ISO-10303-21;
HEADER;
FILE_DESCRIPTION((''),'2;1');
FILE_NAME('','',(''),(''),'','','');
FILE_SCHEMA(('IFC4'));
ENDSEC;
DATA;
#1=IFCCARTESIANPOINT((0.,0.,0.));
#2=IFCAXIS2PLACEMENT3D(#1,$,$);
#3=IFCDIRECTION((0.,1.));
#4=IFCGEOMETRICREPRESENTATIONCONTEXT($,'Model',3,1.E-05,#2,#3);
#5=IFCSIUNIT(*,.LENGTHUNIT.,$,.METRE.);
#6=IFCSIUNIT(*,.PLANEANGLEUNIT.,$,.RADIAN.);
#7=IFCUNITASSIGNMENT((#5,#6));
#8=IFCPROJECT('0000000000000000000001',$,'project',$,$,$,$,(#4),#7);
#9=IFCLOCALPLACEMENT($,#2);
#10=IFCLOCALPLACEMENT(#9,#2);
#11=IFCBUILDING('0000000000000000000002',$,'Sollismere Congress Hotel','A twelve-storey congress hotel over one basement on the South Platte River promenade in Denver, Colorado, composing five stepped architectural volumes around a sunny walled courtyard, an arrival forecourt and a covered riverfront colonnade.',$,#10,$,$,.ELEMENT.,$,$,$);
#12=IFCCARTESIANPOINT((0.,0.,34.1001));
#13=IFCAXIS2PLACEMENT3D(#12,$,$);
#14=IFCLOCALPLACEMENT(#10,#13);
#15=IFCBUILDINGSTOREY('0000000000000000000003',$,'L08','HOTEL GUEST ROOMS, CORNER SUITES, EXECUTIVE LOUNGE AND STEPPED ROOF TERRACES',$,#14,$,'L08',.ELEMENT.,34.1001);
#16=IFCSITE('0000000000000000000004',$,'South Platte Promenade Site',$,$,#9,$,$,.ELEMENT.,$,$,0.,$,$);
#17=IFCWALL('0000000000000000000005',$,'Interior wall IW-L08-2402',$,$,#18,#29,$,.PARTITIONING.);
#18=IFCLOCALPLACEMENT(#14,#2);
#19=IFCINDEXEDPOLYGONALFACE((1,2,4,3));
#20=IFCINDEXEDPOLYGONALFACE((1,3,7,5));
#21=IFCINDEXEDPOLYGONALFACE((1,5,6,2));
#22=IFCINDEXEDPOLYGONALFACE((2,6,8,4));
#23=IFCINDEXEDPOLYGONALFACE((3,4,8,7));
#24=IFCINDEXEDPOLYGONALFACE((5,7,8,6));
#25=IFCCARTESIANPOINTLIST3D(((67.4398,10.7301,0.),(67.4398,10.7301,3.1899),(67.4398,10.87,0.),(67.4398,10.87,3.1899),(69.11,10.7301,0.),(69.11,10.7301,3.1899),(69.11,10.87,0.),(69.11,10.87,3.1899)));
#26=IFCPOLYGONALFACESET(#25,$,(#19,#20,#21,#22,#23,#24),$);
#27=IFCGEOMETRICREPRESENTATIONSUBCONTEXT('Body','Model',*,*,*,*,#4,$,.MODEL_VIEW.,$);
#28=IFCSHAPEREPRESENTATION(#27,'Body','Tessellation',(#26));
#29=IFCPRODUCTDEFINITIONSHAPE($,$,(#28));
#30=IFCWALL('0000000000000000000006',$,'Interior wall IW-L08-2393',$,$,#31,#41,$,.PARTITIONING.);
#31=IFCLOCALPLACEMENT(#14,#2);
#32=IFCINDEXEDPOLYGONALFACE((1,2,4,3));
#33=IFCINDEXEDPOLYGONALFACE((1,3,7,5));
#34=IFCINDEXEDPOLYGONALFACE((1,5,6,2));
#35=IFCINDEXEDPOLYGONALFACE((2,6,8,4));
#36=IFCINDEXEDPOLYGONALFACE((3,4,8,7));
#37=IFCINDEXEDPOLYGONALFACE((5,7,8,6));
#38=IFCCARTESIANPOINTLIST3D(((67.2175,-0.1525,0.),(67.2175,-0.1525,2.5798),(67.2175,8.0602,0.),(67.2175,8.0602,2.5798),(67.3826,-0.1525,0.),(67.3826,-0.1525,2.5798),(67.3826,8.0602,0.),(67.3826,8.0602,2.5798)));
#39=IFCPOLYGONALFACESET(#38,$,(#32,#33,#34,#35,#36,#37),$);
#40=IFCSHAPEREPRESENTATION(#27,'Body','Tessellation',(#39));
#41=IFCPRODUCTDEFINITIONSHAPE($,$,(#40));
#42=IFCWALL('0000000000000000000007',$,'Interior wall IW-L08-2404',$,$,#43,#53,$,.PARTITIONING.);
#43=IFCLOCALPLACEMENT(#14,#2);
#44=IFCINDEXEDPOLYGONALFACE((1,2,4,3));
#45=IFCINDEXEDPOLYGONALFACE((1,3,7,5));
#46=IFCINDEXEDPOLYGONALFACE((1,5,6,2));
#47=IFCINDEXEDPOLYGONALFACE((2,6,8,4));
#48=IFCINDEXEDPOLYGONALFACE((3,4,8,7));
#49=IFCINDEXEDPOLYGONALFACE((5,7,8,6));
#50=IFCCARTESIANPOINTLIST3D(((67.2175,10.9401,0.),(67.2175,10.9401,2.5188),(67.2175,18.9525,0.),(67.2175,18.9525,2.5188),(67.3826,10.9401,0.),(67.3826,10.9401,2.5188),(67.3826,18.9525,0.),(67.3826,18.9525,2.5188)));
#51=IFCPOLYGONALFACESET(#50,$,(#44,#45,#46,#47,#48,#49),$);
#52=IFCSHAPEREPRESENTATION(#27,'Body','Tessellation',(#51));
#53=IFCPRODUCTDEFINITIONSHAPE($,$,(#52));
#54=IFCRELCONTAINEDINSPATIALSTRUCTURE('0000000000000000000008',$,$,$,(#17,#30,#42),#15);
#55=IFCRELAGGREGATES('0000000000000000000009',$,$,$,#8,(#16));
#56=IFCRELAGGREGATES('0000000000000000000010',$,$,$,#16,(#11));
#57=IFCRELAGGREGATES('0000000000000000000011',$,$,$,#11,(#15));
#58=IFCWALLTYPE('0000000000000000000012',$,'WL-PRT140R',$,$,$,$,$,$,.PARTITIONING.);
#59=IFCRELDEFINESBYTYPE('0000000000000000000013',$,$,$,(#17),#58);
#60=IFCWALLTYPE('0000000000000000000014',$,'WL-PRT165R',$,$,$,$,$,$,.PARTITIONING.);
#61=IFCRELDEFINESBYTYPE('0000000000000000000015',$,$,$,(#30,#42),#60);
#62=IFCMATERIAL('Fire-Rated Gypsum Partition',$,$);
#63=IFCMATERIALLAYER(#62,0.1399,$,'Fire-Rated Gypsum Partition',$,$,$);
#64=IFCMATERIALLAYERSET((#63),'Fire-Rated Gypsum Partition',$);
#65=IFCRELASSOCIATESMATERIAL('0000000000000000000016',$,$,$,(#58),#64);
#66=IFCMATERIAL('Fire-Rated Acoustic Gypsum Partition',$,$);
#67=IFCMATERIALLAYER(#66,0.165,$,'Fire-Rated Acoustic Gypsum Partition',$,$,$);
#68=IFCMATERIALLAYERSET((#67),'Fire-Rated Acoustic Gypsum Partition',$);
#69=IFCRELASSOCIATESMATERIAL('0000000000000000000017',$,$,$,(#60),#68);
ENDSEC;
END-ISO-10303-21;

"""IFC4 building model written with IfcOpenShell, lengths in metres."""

from ifc_helpers import new_model, si_unit, direction, frame, frame_2d, origin, place, context, subcontext, project, spatial, rectangle, extrude, material, layer, layer_set, type_object, element, save


model = new_model("IFC4")

# Units and contexts
model_context = context("Model", 3, precision=1e-05, world=origin(), true_north=direction((0.0, 1.0)))
body_context = subcontext(model_context, "Body", "Model", "MODEL_VIEW")
ifc_project = project(units=[si_unit("LENGTHUNIT", "METRE"), si_unit("PLANEANGLEUNIT", "RADIAN")], contexts=[model_context])

# Site, building, storey
site_placement = place(None, origin())
site = spatial("IfcSite", under=ifc_project, at=site_placement, Name="South Platte Promenade Site", CompositionType="ELEMENT", RefElevation=0.0)
building_placement = place(site_placement, origin())
building = spatial("IfcBuilding", under=site, at=building_placement, Name="Sollismere Congress Hotel", Description="A twelve-storey congress hotel over one basement on the South Platte River promenade in Denver, Colorado, composing five stepped architectural volumes around a sunny walled courtyard, an arrival forecourt and a covered riverfront colonnade.", CompositionType="ELEMENT")
storey_placement = place(building_placement, frame((0.0, 0.0, 34.1001)))
storey = spatial("IfcBuildingStorey", under=building, at=storey_placement, Name="L08", Description="HOTEL GUEST ROOMS, CORNER SUITES, EXECUTIVE LOUNGE AND STEPPED ROOF TERRACES", LongName="L08", CompositionType="ELEMENT", Elevation=34.1001)

# Walls
ifc_material_1 = material(Name="Fire-Rated Gypsum Partition")
ifc_layer_1 = layer(ifc_material_1, 0.1399, Name="Fire-Rated Gypsum Partition")
ifc_layer_set_1 = layer_set([ifc_layer_1], Name="Fire-Rated Gypsum Partition")
wall_type_1 = type_object("IfcWallType", Name="WL-PRT140R", PredefinedType="PARTITIONING", material=ifc_layer_set_1)
wall_1_placement = place(storey_placement, frame((67.4399, 10.8, 0.0), z_axis=(0.0, 0.0, 1.0), x_axis=(1.0, 0.0, 0.0)))
element("IfcWall", 1, at=wall_1_placement, inside=storey, type_object=wall_type_1, Name="Interior wall IW-L08-2402", PredefinedType="PARTITIONING", context=body_context, shape_type="SweptSolid", body=[
    extrude(rectangle(XDim=1.6702, YDim=0.1399, at=frame_2d((0.835, 0.0))), origin(), (0.0, 0.0, 1.0), 3.1899),
])
ifc_material_2 = material(Name="Fire-Rated Acoustic Gypsum Partition")
ifc_layer_2 = layer(ifc_material_2, 0.165, Name="Fire-Rated Acoustic Gypsum Partition")
ifc_layer_set_2 = layer_set([ifc_layer_2], Name="Fire-Rated Acoustic Gypsum Partition")
wall_type_2 = type_object("IfcWallType", Name="WL-PRT165R", PredefinedType="PARTITIONING", material=ifc_layer_set_2)
wall_2_placement = place(storey_placement, frame((67.3, -0.1526, 0.0), z_axis=(0.0, 0.0, 1.0), x_axis=(0.0, 1.0, 0.0)))
element("IfcWall", 2, at=wall_2_placement, inside=storey, type_object=wall_type_2, Name="Interior wall IW-L08-2393", PredefinedType="PARTITIONING", context=body_context, shape_type="SweptSolid", body=[
    extrude(rectangle(XDim=8.2126, YDim=0.165, at=frame_2d((4.1064, 0.0))), origin(), (0.0, 0.0, 1.0), 2.5798),
])
wall_3_placement = place(storey_placement, frame((67.3, 10.9399, 0.0), z_axis=(0.0, 0.0, 1.0), x_axis=(0.0, 1.0, 0.0)))
element("IfcWall", 3, at=wall_3_placement, inside=storey, type_object=wall_type_2, Name="Interior wall IW-L08-2404", PredefinedType="PARTITIONING", context=body_context, shape_type="SweptSolid", body=[
    extrude(rectangle(XDim=8.0125, YDim=0.165, at=frame_2d((4.0063, 0.0))), origin(), (0.0, 0.0, 1.0), 2.5188),
])

save(model, "model.ifc")
